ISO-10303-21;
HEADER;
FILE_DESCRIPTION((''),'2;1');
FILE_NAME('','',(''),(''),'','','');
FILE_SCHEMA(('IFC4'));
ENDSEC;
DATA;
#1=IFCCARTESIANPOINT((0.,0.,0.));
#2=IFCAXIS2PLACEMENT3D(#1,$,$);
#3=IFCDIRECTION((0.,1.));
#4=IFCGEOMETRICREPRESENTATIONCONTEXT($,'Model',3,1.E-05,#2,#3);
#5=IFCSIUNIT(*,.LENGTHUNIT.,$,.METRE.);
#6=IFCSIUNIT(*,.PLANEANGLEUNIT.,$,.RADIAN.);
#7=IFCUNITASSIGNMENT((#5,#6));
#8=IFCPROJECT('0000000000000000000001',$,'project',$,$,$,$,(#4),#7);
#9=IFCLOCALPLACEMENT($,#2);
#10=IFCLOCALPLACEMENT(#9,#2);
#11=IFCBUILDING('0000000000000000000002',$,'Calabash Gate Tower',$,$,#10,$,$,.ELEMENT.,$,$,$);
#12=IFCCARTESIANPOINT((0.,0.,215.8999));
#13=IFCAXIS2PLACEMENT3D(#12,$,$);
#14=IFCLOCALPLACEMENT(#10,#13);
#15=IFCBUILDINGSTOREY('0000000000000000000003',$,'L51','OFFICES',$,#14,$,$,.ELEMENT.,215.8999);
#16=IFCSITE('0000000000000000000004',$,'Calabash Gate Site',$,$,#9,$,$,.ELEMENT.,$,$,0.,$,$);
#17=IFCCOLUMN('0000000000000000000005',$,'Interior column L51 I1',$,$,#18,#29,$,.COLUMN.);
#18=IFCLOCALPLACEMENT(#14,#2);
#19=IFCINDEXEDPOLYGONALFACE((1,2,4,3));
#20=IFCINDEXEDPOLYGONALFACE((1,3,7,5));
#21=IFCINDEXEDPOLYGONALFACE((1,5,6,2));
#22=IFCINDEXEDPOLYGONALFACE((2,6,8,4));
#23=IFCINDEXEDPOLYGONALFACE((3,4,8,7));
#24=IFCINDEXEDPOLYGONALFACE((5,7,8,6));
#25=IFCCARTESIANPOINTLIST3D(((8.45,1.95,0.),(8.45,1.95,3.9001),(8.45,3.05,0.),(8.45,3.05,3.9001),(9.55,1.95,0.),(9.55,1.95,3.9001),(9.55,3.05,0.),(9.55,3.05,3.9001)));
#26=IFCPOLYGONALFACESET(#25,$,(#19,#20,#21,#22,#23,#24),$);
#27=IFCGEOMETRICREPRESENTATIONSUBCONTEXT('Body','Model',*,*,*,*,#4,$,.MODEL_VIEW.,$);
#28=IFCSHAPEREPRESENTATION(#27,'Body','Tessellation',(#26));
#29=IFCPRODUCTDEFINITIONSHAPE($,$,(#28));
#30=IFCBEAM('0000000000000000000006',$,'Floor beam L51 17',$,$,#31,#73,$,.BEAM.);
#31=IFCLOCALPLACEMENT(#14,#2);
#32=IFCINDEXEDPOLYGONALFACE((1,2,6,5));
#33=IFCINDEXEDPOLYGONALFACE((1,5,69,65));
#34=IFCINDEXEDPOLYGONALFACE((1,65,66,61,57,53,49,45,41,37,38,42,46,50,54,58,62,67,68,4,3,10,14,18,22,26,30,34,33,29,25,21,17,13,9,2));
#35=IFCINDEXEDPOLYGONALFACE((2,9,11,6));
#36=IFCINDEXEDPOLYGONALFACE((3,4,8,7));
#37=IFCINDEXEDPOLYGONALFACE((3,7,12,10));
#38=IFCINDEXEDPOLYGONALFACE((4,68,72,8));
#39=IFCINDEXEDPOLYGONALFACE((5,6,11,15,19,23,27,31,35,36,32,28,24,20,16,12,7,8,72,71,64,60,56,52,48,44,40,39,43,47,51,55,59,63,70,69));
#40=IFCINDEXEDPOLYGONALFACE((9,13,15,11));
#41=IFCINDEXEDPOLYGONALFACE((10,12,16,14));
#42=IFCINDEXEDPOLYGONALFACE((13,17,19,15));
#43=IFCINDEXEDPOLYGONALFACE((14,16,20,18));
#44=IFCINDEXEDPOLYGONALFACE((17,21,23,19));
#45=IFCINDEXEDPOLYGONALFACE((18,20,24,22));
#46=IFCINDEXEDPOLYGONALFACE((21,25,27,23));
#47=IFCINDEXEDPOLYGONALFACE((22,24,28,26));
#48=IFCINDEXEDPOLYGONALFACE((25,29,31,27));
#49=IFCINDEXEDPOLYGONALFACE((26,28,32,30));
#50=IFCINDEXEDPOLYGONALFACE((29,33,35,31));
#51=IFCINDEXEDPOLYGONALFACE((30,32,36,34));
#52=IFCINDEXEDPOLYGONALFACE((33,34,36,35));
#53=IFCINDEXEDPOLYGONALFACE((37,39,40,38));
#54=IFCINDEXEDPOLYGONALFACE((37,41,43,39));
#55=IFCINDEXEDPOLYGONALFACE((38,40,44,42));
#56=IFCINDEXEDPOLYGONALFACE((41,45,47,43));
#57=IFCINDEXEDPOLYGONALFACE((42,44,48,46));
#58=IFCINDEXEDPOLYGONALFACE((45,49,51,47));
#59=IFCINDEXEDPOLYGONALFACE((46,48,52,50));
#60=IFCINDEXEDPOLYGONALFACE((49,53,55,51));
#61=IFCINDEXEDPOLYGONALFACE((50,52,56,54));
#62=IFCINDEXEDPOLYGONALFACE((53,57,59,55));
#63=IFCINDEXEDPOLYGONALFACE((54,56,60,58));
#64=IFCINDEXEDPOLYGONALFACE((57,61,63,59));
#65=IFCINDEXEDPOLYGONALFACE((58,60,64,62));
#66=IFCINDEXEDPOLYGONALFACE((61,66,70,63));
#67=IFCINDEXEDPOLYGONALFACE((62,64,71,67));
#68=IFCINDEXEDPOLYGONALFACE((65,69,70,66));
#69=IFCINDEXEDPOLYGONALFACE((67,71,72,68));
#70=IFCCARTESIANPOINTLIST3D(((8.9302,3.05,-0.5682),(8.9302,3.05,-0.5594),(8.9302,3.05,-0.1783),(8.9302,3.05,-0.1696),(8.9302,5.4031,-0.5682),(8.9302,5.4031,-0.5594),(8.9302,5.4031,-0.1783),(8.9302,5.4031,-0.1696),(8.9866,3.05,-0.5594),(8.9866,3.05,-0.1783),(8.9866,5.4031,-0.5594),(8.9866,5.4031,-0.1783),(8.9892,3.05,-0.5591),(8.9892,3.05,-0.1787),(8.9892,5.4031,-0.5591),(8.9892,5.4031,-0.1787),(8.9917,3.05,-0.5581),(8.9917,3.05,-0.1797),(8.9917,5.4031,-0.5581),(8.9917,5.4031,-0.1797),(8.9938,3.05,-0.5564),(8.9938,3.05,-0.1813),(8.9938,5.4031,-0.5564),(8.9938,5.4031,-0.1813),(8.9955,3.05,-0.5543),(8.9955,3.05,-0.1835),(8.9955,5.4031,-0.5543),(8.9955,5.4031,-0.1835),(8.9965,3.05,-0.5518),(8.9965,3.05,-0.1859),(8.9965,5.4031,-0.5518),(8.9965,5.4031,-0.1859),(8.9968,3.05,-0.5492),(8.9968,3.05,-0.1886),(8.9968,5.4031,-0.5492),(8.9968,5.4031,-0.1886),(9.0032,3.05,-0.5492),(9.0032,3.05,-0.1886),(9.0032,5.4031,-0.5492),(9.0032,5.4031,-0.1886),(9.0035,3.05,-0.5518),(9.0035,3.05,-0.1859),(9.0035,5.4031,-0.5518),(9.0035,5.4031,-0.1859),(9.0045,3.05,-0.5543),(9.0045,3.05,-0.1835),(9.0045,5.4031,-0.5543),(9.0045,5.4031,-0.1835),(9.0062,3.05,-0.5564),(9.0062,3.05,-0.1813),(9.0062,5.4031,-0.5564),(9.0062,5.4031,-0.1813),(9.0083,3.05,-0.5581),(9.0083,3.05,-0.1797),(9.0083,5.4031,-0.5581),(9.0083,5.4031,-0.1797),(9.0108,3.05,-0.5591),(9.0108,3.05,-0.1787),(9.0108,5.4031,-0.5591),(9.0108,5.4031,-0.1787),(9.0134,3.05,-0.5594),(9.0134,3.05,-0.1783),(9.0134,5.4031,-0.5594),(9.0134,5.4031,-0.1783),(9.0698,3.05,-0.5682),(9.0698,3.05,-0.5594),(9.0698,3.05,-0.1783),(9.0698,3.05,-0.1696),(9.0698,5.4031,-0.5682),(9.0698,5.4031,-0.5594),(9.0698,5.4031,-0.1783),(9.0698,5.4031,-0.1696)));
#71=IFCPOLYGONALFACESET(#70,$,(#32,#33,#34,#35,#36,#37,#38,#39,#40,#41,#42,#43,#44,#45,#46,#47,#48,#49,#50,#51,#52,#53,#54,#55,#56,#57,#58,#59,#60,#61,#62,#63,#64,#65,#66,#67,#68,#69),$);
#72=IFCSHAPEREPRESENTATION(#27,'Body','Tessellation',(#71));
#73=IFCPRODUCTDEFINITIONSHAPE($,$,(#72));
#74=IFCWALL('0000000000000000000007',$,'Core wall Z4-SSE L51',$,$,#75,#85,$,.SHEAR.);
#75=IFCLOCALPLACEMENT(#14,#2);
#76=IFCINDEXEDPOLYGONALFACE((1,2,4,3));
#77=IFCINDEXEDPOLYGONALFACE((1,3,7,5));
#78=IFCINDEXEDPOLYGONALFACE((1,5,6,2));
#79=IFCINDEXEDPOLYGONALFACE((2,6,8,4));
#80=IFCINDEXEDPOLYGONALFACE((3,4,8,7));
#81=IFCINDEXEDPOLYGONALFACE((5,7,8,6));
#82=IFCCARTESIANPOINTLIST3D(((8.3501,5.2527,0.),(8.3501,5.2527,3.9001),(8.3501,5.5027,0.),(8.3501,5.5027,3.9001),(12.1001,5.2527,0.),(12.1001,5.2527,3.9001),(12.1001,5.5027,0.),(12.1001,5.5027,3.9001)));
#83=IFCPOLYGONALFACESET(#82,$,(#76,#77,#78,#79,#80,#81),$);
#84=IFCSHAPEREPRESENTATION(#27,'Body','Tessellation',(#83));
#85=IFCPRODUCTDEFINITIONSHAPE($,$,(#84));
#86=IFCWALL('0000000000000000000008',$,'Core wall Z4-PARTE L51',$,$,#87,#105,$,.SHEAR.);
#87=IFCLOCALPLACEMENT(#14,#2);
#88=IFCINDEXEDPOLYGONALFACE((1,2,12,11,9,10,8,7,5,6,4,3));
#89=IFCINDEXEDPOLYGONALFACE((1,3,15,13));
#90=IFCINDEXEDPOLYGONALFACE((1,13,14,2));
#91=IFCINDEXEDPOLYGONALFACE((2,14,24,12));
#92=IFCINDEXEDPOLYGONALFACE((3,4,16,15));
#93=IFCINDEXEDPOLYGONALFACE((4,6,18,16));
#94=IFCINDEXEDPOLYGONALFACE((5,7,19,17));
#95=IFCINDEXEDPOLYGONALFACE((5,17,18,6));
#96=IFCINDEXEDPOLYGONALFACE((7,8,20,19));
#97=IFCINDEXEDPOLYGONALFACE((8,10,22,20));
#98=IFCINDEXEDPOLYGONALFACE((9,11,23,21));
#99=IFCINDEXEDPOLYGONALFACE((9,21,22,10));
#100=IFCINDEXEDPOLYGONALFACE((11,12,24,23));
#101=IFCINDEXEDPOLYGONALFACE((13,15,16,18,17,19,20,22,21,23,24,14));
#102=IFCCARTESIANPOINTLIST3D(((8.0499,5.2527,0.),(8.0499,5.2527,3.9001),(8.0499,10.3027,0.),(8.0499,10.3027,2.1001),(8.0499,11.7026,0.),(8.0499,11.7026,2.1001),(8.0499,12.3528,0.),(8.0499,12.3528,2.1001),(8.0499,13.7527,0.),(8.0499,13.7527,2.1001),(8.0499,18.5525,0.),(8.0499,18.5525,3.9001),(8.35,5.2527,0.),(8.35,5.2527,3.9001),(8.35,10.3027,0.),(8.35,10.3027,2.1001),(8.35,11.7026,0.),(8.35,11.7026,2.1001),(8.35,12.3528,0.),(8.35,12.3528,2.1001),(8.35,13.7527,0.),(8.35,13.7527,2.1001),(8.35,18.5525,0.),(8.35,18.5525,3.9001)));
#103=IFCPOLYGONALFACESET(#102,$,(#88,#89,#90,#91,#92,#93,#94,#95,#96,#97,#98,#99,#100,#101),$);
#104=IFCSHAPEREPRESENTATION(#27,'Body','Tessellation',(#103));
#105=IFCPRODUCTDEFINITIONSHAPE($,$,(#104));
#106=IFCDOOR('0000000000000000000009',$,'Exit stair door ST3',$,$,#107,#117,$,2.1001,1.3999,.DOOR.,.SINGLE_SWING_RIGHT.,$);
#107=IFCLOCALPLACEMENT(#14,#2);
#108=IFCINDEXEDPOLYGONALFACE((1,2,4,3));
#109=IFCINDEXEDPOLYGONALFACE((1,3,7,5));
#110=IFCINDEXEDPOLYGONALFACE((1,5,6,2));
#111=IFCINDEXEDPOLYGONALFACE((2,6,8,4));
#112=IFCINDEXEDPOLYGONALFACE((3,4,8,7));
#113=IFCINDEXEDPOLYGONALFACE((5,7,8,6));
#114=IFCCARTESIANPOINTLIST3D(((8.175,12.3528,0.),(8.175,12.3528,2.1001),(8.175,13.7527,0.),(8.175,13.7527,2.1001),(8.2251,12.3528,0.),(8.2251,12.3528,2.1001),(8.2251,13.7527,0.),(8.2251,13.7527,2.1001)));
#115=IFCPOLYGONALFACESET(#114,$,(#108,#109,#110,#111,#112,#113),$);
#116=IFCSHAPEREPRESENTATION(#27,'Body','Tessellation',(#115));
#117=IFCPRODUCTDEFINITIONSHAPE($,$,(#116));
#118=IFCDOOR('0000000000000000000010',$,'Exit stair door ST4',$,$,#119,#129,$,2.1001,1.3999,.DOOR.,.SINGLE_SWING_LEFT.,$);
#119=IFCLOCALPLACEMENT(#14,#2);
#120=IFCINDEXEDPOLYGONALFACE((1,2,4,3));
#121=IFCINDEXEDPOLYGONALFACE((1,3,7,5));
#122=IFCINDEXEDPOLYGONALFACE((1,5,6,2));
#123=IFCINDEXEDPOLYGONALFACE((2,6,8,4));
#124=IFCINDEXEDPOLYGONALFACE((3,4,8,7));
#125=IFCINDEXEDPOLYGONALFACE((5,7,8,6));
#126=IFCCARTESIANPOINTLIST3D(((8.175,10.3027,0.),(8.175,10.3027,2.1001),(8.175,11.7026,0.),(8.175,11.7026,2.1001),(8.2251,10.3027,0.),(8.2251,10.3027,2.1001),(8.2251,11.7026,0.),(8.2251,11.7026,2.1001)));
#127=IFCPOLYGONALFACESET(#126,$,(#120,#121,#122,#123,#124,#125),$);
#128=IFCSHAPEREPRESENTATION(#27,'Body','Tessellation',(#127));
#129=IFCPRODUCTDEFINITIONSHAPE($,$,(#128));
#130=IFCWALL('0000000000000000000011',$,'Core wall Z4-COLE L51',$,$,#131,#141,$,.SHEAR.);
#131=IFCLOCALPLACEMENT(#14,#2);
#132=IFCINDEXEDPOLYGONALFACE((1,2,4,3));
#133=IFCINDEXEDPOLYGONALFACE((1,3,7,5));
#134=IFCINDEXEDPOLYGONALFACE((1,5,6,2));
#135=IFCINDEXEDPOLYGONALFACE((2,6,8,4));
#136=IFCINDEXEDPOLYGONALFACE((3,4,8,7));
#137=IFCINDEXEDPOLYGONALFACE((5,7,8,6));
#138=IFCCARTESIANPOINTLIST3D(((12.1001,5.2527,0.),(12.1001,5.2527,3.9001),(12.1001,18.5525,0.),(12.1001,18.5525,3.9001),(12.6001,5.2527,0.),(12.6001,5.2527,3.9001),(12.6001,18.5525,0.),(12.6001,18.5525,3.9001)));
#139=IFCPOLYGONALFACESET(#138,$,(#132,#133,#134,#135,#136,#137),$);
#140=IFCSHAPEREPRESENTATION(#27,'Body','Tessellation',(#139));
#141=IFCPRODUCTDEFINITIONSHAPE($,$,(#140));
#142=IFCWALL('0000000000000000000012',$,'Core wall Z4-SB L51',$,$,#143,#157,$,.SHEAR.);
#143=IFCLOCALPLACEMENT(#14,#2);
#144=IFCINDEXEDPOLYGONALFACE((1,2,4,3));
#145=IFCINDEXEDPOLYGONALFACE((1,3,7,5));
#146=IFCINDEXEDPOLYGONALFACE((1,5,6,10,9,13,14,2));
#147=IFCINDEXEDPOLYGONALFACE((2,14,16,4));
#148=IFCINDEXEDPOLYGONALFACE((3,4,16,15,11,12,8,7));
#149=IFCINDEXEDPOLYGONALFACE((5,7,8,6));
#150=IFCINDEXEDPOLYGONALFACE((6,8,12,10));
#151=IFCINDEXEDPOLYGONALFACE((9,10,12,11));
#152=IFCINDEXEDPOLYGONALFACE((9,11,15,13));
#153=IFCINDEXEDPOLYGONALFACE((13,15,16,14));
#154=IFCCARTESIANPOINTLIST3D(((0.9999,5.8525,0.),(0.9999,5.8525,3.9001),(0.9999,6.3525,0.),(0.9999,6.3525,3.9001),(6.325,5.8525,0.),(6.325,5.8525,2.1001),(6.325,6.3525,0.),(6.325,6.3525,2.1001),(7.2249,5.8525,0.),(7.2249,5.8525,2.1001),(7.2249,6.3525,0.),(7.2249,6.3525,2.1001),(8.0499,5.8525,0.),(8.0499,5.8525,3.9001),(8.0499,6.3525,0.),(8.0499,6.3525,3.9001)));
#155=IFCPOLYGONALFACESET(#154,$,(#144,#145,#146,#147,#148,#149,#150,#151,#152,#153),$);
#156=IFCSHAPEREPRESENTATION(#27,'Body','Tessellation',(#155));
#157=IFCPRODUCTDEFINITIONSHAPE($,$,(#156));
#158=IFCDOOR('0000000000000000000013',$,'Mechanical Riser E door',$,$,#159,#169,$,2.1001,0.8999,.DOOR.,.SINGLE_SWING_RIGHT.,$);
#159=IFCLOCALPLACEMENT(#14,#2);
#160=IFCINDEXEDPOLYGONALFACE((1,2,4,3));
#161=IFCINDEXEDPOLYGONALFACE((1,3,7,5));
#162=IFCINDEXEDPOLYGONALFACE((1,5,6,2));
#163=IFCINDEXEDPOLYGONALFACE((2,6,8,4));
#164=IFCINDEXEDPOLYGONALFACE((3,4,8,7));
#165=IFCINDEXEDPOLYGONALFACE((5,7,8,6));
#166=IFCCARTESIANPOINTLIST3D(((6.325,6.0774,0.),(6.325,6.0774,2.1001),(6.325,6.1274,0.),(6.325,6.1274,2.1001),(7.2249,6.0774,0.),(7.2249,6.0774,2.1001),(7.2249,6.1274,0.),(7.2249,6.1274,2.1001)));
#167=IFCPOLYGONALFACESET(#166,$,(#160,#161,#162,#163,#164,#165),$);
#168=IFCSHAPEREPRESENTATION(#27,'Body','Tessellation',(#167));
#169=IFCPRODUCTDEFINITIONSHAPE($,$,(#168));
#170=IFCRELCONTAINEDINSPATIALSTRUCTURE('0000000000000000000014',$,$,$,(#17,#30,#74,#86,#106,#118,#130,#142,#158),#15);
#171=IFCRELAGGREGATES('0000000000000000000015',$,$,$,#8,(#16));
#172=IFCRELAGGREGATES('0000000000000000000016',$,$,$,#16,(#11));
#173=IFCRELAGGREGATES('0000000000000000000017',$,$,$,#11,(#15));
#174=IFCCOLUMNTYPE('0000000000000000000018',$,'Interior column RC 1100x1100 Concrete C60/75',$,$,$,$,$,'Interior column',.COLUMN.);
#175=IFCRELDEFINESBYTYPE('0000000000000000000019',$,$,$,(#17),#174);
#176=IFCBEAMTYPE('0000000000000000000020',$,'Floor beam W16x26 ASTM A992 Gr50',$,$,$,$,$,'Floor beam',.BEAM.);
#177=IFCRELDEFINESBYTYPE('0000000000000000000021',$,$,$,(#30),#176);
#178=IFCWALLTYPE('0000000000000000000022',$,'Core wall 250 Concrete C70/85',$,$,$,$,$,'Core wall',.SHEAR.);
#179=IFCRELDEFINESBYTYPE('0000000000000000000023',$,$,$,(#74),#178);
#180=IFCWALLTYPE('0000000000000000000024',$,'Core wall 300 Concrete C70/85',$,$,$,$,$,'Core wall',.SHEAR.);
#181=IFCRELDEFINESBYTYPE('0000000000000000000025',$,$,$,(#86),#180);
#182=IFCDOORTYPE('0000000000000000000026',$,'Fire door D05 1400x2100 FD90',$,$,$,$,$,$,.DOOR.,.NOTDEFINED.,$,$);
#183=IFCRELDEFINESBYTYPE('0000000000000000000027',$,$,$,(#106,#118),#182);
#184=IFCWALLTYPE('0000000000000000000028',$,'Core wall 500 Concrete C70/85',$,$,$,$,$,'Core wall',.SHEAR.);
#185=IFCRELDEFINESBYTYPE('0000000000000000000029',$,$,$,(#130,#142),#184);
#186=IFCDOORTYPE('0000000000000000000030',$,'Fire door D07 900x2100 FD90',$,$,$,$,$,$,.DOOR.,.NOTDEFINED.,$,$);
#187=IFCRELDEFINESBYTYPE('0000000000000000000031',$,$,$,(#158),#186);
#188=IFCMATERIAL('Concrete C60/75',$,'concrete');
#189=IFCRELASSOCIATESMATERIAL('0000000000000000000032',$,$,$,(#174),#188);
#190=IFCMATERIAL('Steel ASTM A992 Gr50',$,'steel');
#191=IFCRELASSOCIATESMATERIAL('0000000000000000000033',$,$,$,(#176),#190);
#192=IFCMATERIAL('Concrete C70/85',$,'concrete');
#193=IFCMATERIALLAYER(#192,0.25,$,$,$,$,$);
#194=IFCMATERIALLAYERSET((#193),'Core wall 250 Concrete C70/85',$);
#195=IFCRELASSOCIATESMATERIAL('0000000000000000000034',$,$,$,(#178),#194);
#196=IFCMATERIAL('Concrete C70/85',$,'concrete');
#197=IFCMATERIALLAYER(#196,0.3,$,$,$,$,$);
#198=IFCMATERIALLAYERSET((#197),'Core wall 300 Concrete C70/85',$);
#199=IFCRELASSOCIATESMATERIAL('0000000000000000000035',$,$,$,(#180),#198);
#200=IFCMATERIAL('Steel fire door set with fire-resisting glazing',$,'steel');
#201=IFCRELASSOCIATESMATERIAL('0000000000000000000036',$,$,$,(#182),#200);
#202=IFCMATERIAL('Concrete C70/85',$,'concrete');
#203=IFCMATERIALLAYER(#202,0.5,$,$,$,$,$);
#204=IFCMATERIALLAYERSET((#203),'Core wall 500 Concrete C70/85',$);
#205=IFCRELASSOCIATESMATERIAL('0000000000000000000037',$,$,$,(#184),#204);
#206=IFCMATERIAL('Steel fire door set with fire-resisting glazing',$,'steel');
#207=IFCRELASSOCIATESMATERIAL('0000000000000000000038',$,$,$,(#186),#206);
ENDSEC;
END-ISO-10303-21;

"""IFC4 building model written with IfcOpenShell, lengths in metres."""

from ifc_helpers import new_model, si_unit, direction, frame, frame_2d, origin, origin_2d, place, context, subcontext, project, spatial, rectangle, i_section, extrude, material, layer, layer_set, material_profile, profile_set, type_object, element, fill, save


model = new_model("IFC4")

# Units and contexts
model_context = context("Model", 3, precision=1e-05, world=origin(), true_north=direction((0.0, 1.0)))
body_context = subcontext(model_context, "Body", "Model", "MODEL_VIEW")
ifc_project = project(units=[si_unit("LENGTHUNIT", "METRE"), si_unit("PLANEANGLEUNIT", "RADIAN")], contexts=[model_context])

# Site, building, storey
site_placement = place(None, origin())
site = spatial("IfcSite", under=ifc_project, at=site_placement, Name="Calabash Gate Site", CompositionType="ELEMENT", RefElevation=0.0)
building_placement = place(site_placement, origin())
building = spatial("IfcBuilding", under=site, at=building_placement, Name="Calabash Gate Tower", CompositionType="ELEMENT")
storey_placement = place(building_placement, frame((0.0, 0.0, 215.8999)))
storey = spatial("IfcBuildingStorey", under=building, at=storey_placement, Name="L51", Description="OFFICES", CompositionType="ELEMENT", Elevation=215.8999)

# Column
ifc_material_1 = material(Name="Concrete C60/75", Category="concrete")
ifc_material_profile_1 = material_profile(ifc_material_1, rectangle(XDim=1.1001, YDim=1.1001, at=origin_2d()))
ifc_profile_set_1 = profile_set([ifc_material_profile_1], Name="Concrete C60/75")
column_type = type_object("IfcColumnType", Name="Interior column RC 1100x1100 Concrete C60/75", ElementType="Interior column", PredefinedType="COLUMN", material=ifc_profile_set_1)
column_placement = place(storey_placement, frame((9.0, 2.5, 0.0), z_axis=(0.0, 0.0, 1.0), x_axis=(1.0, 0.0, 0.0)))
element("IfcColumn", 1, at=column_placement, inside=storey, type_object=column_type, Name="Interior column L51 I1", PredefinedType="COLUMN", context=body_context, shape_type="SweptSolid", body=[
    extrude(rectangle(XDim=1.1001, YDim=1.1001, at=origin_2d()), origin(), (0.0, 0.0, 1.0), 3.9001),
])

# Beam
ifc_material_2 = material(Name="Steel ASTM A992 Gr50", Category="steel")
ifc_material_profile_2 = material_profile(ifc_material_2, i_section(OverallWidth=0.1396, OverallDepth=0.3987, WebThickness=0.0063, FlangeThickness=0.0088, FilletRadius=0.0103, at=origin_2d()))
ifc_profile_set_2 = profile_set([ifc_material_profile_2], Name="Steel ASTM A992 Gr50")
beam_type = type_object("IfcBeamType", Name="Floor beam W16x26 ASTM A992 Gr50", ElementType="Floor beam", PredefinedType="BEAM", material=ifc_profile_set_2)
beam_placement = place(storey_placement, frame((9.0, 3.05, -0.3689), z_axis=(0.0, 1.0, 0.0), x_axis=(-1.0, 0.0, 0.0)))
element("IfcBeam", 2, at=beam_placement, inside=storey, type_object=beam_type, Name="Floor beam L51 17", PredefinedType="BEAM", context=body_context, shape_type="SweptSolid", body=[
    extrude(i_section(OverallWidth=0.1396, OverallDepth=0.3987, WebThickness=0.0063, FlangeThickness=0.0088, FilletRadius=0.0103, at=origin_2d()), origin(), (0.0, 0.0, 1.0), 2.353),
])

# Wall
ifc_material_3 = material(Name="Concrete C70/85", Category="concrete")
ifc_layer_1 = layer(ifc_material_3, 0.25)
ifc_layer_set_1 = layer_set([ifc_layer_1], Name="Core wall 250 Concrete C70/85")
wall_type_1 = type_object("IfcWallType", Name="Core wall 250 Concrete C70/85", ElementType="Core wall", PredefinedType="SHEAR", material=ifc_layer_set_1)
wall_1_placement = place(storey_placement, frame((8.3501, 5.3777, 0.0), z_axis=(0.0, 0.0, 1.0), x_axis=(1.0, 0.0, 0.0)))
element("IfcWall", 3, at=wall_1_placement, inside=storey, type_object=wall_type_1, Name="Core wall Z4-SSE L51", PredefinedType="SHEAR", context=body_context, shape_type="SweptSolid", body=[
    extrude(rectangle(XDim=3.75, YDim=0.25, at=frame_2d((1.875, 0.0))), origin(), (0.0, 0.0, 1.0), 3.9001),
])

# Wall, openings, doors
ifc_material_4 = material(Name="Concrete C70/85", Category="concrete")
ifc_layer_2 = layer(ifc_material_4, 0.3)
ifc_layer_set_2 = layer_set([ifc_layer_2], Name="Core wall 300 Concrete C70/85")
wall_type_2 = type_object("IfcWallType", Name="Core wall 300 Concrete C70/85", ElementType="Core wall", PredefinedType="SHEAR", material=ifc_layer_set_2)
wall_2_placement = place(storey_placement, frame((8.2, 5.2527, 0.0), z_axis=(0.0, 0.0, 1.0), x_axis=(0.0, 1.0, 0.0)))
wall_2 = element("IfcWall", 4, at=wall_2_placement, inside=storey, type_object=wall_type_2, Name="Core wall Z4-PARTE L51", PredefinedType="SHEAR", context=body_context, shape_type="SweptSolid", body=[
    extrude(rectangle(XDim=13.2998, YDim=0.3, at=frame_2d((6.6499, 0.0))), origin(), (0.0, 0.0, 1.0), 3.9001),
])
opening_1_placement = place(wall_2_placement, frame((7.1001, 0.0, 0.0)))
opening_1 = element("IfcOpeningElement", 5, at=opening_1_placement, cuts=wall_2, PredefinedType="OPENING", context=body_context, shape_type="SweptSolid", body=[
    extrude(rectangle(XDim=1.3999, YDim=2.1001, at=frame_2d((0.7, 1.05))), frame((0.0, 0.1599, 0.0), z_axis=(0.0, -1.0, 0.0), x_axis=(1.0, 0.0, 0.0)), (0.0, 0.0, 1.0), 0.3201),
])
opening_2_placement = place(wall_2_placement, frame((5.05, 0.0, 0.0)))
opening_2 = element("IfcOpeningElement", 6, at=opening_2_placement, cuts=wall_2, PredefinedType="OPENING", context=body_context, shape_type="SweptSolid", body=[
    extrude(rectangle(XDim=1.3999, YDim=2.1001, at=frame_2d((0.7, 1.05))), frame((0.0, 0.1599, 0.0), z_axis=(0.0, -1.0, 0.0), x_axis=(1.0, 0.0, 0.0)), (0.0, 0.0, 1.0), 0.3201),
])
ifc_material_5 = material(Name="Steel fire door set with fire-resisting glazing", Category="steel")
door_type_1 = type_object("IfcDoorType", Name="Fire door D05 1400x2100 FD90", OperationType="NOTDEFINED", PredefinedType="DOOR", material=ifc_material_5)
door_1_placement = place(opening_1_placement, origin())
door_1 = element("IfcDoor", 7, at=door_1_placement, inside=storey, type_object=door_type_1, Name="Exit stair door ST3", OperationType="SINGLE_SWING_RIGHT", OverallHeight=2.1001, OverallWidth=1.3999, PredefinedType="DOOR", context=body_context, shape_type="SweptSolid", body=[
    extrude(rectangle(XDim=1.3999, YDim=2.1001, at=frame_2d((0.7, 1.05))), frame((0.0, 0.0249, 0.0), z_axis=(0.0, -1.0, 0.0), x_axis=(1.0, 0.0, 0.0)), (0.0, 0.0, 1.0), 0.05),
])
fill(opening_1, door_1)
door_2_placement = place(opening_2_placement, origin())
door_2 = element("IfcDoor", 8, at=door_2_placement, inside=storey, type_object=door_type_1, Name="Exit stair door ST4", OperationType="SINGLE_SWING_LEFT", OverallHeight=2.1001, OverallWidth=1.3999, PredefinedType="DOOR", context=body_context, shape_type="SweptSolid", body=[
    extrude(rectangle(XDim=1.3999, YDim=2.1001, at=frame_2d((0.7, 1.05))), frame((0.0, 0.0249, 0.0), z_axis=(0.0, -1.0, 0.0), x_axis=(1.0, 0.0, 0.0)), (0.0, 0.0, 1.0), 0.05),
])
fill(opening_2, door_2)

# Wall
ifc_material_6 = material(Name="Concrete C70/85", Category="concrete")
ifc_layer_3 = layer(ifc_material_6, 0.5)
ifc_layer_set_3 = layer_set([ifc_layer_3], Name="Core wall 500 Concrete C70/85")
wall_type_3 = type_object("IfcWallType", Name="Core wall 500 Concrete C70/85", ElementType="Core wall", PredefinedType="SHEAR", material=ifc_layer_set_3)
wall_3_placement = place(storey_placement, frame((12.3501, 5.2527, 0.0), z_axis=(0.0, 0.0, 1.0), x_axis=(0.0, 1.0, 0.0)))
element("IfcWall", 9, at=wall_3_placement, inside=storey, type_object=wall_type_3, Name="Core wall Z4-COLE L51", PredefinedType="SHEAR", context=body_context, shape_type="SweptSolid", body=[
    extrude(rectangle(XDim=13.2998, YDim=0.5, at=frame_2d((6.6499, 0.0))), origin(), (0.0, 0.0, 1.0), 3.9001),
])

# Wall, opening, door
wall_4_placement = place(storey_placement, frame((1.0, 6.1025, 0.0), z_axis=(0.0, 0.0, 1.0), x_axis=(1.0, 0.0, 0.0)))
wall_4 = element("IfcWall", 10, at=wall_4_placement, inside=storey, type_object=wall_type_3, Name="Core wall Z4-SB L51", PredefinedType="SHEAR", context=body_context, shape_type="SweptSolid", body=[
    extrude(rectangle(XDim=7.05, YDim=0.5, at=frame_2d((3.5249, 0.0))), origin(), (0.0, 0.0, 1.0), 3.9001),
])
opening_3_placement = place(wall_4_placement, frame((5.325, 0.0, 0.0)))
opening_3 = element("IfcOpeningElement", 11, at=opening_3_placement, cuts=wall_4, PredefinedType="OPENING", context=body_context, shape_type="SweptSolid", body=[
    extrude(rectangle(XDim=0.8999, YDim=2.1001, at=frame_2d((0.45, 1.05))), frame((0.0, 0.26, 0.0), z_axis=(0.0, -1.0, 0.0), x_axis=(1.0, 0.0, 0.0)), (0.0, 0.0, 1.0), 0.52),
])
ifc_material_7 = material(Name="Steel fire door set with fire-resisting glazing", Category="steel")
door_type_2 = type_object("IfcDoorType", Name="Fire door D07 900x2100 FD90", OperationType="NOTDEFINED", PredefinedType="DOOR", material=ifc_material_7)
door_3_placement = place(opening_3_placement, origin())
door_3 = element("IfcDoor", 12, at=door_3_placement, inside=storey, type_object=door_type_2, Name="Mechanical Riser E door", OperationType="SINGLE_SWING_RIGHT", OverallHeight=2.1001, OverallWidth=0.8999, PredefinedType="DOOR", context=body_context, shape_type="SweptSolid", body=[
    extrude(rectangle(XDim=0.8999, YDim=2.1001, at=frame_2d((0.45, 1.05))), frame((0.0, 0.0249, 0.0), z_axis=(0.0, -1.0, 0.0), x_axis=(1.0, 0.0, 0.0)), (0.0, 0.0, 1.0), 0.05),
])
fill(opening_3, door_3)

save(model, "model.ifc")
